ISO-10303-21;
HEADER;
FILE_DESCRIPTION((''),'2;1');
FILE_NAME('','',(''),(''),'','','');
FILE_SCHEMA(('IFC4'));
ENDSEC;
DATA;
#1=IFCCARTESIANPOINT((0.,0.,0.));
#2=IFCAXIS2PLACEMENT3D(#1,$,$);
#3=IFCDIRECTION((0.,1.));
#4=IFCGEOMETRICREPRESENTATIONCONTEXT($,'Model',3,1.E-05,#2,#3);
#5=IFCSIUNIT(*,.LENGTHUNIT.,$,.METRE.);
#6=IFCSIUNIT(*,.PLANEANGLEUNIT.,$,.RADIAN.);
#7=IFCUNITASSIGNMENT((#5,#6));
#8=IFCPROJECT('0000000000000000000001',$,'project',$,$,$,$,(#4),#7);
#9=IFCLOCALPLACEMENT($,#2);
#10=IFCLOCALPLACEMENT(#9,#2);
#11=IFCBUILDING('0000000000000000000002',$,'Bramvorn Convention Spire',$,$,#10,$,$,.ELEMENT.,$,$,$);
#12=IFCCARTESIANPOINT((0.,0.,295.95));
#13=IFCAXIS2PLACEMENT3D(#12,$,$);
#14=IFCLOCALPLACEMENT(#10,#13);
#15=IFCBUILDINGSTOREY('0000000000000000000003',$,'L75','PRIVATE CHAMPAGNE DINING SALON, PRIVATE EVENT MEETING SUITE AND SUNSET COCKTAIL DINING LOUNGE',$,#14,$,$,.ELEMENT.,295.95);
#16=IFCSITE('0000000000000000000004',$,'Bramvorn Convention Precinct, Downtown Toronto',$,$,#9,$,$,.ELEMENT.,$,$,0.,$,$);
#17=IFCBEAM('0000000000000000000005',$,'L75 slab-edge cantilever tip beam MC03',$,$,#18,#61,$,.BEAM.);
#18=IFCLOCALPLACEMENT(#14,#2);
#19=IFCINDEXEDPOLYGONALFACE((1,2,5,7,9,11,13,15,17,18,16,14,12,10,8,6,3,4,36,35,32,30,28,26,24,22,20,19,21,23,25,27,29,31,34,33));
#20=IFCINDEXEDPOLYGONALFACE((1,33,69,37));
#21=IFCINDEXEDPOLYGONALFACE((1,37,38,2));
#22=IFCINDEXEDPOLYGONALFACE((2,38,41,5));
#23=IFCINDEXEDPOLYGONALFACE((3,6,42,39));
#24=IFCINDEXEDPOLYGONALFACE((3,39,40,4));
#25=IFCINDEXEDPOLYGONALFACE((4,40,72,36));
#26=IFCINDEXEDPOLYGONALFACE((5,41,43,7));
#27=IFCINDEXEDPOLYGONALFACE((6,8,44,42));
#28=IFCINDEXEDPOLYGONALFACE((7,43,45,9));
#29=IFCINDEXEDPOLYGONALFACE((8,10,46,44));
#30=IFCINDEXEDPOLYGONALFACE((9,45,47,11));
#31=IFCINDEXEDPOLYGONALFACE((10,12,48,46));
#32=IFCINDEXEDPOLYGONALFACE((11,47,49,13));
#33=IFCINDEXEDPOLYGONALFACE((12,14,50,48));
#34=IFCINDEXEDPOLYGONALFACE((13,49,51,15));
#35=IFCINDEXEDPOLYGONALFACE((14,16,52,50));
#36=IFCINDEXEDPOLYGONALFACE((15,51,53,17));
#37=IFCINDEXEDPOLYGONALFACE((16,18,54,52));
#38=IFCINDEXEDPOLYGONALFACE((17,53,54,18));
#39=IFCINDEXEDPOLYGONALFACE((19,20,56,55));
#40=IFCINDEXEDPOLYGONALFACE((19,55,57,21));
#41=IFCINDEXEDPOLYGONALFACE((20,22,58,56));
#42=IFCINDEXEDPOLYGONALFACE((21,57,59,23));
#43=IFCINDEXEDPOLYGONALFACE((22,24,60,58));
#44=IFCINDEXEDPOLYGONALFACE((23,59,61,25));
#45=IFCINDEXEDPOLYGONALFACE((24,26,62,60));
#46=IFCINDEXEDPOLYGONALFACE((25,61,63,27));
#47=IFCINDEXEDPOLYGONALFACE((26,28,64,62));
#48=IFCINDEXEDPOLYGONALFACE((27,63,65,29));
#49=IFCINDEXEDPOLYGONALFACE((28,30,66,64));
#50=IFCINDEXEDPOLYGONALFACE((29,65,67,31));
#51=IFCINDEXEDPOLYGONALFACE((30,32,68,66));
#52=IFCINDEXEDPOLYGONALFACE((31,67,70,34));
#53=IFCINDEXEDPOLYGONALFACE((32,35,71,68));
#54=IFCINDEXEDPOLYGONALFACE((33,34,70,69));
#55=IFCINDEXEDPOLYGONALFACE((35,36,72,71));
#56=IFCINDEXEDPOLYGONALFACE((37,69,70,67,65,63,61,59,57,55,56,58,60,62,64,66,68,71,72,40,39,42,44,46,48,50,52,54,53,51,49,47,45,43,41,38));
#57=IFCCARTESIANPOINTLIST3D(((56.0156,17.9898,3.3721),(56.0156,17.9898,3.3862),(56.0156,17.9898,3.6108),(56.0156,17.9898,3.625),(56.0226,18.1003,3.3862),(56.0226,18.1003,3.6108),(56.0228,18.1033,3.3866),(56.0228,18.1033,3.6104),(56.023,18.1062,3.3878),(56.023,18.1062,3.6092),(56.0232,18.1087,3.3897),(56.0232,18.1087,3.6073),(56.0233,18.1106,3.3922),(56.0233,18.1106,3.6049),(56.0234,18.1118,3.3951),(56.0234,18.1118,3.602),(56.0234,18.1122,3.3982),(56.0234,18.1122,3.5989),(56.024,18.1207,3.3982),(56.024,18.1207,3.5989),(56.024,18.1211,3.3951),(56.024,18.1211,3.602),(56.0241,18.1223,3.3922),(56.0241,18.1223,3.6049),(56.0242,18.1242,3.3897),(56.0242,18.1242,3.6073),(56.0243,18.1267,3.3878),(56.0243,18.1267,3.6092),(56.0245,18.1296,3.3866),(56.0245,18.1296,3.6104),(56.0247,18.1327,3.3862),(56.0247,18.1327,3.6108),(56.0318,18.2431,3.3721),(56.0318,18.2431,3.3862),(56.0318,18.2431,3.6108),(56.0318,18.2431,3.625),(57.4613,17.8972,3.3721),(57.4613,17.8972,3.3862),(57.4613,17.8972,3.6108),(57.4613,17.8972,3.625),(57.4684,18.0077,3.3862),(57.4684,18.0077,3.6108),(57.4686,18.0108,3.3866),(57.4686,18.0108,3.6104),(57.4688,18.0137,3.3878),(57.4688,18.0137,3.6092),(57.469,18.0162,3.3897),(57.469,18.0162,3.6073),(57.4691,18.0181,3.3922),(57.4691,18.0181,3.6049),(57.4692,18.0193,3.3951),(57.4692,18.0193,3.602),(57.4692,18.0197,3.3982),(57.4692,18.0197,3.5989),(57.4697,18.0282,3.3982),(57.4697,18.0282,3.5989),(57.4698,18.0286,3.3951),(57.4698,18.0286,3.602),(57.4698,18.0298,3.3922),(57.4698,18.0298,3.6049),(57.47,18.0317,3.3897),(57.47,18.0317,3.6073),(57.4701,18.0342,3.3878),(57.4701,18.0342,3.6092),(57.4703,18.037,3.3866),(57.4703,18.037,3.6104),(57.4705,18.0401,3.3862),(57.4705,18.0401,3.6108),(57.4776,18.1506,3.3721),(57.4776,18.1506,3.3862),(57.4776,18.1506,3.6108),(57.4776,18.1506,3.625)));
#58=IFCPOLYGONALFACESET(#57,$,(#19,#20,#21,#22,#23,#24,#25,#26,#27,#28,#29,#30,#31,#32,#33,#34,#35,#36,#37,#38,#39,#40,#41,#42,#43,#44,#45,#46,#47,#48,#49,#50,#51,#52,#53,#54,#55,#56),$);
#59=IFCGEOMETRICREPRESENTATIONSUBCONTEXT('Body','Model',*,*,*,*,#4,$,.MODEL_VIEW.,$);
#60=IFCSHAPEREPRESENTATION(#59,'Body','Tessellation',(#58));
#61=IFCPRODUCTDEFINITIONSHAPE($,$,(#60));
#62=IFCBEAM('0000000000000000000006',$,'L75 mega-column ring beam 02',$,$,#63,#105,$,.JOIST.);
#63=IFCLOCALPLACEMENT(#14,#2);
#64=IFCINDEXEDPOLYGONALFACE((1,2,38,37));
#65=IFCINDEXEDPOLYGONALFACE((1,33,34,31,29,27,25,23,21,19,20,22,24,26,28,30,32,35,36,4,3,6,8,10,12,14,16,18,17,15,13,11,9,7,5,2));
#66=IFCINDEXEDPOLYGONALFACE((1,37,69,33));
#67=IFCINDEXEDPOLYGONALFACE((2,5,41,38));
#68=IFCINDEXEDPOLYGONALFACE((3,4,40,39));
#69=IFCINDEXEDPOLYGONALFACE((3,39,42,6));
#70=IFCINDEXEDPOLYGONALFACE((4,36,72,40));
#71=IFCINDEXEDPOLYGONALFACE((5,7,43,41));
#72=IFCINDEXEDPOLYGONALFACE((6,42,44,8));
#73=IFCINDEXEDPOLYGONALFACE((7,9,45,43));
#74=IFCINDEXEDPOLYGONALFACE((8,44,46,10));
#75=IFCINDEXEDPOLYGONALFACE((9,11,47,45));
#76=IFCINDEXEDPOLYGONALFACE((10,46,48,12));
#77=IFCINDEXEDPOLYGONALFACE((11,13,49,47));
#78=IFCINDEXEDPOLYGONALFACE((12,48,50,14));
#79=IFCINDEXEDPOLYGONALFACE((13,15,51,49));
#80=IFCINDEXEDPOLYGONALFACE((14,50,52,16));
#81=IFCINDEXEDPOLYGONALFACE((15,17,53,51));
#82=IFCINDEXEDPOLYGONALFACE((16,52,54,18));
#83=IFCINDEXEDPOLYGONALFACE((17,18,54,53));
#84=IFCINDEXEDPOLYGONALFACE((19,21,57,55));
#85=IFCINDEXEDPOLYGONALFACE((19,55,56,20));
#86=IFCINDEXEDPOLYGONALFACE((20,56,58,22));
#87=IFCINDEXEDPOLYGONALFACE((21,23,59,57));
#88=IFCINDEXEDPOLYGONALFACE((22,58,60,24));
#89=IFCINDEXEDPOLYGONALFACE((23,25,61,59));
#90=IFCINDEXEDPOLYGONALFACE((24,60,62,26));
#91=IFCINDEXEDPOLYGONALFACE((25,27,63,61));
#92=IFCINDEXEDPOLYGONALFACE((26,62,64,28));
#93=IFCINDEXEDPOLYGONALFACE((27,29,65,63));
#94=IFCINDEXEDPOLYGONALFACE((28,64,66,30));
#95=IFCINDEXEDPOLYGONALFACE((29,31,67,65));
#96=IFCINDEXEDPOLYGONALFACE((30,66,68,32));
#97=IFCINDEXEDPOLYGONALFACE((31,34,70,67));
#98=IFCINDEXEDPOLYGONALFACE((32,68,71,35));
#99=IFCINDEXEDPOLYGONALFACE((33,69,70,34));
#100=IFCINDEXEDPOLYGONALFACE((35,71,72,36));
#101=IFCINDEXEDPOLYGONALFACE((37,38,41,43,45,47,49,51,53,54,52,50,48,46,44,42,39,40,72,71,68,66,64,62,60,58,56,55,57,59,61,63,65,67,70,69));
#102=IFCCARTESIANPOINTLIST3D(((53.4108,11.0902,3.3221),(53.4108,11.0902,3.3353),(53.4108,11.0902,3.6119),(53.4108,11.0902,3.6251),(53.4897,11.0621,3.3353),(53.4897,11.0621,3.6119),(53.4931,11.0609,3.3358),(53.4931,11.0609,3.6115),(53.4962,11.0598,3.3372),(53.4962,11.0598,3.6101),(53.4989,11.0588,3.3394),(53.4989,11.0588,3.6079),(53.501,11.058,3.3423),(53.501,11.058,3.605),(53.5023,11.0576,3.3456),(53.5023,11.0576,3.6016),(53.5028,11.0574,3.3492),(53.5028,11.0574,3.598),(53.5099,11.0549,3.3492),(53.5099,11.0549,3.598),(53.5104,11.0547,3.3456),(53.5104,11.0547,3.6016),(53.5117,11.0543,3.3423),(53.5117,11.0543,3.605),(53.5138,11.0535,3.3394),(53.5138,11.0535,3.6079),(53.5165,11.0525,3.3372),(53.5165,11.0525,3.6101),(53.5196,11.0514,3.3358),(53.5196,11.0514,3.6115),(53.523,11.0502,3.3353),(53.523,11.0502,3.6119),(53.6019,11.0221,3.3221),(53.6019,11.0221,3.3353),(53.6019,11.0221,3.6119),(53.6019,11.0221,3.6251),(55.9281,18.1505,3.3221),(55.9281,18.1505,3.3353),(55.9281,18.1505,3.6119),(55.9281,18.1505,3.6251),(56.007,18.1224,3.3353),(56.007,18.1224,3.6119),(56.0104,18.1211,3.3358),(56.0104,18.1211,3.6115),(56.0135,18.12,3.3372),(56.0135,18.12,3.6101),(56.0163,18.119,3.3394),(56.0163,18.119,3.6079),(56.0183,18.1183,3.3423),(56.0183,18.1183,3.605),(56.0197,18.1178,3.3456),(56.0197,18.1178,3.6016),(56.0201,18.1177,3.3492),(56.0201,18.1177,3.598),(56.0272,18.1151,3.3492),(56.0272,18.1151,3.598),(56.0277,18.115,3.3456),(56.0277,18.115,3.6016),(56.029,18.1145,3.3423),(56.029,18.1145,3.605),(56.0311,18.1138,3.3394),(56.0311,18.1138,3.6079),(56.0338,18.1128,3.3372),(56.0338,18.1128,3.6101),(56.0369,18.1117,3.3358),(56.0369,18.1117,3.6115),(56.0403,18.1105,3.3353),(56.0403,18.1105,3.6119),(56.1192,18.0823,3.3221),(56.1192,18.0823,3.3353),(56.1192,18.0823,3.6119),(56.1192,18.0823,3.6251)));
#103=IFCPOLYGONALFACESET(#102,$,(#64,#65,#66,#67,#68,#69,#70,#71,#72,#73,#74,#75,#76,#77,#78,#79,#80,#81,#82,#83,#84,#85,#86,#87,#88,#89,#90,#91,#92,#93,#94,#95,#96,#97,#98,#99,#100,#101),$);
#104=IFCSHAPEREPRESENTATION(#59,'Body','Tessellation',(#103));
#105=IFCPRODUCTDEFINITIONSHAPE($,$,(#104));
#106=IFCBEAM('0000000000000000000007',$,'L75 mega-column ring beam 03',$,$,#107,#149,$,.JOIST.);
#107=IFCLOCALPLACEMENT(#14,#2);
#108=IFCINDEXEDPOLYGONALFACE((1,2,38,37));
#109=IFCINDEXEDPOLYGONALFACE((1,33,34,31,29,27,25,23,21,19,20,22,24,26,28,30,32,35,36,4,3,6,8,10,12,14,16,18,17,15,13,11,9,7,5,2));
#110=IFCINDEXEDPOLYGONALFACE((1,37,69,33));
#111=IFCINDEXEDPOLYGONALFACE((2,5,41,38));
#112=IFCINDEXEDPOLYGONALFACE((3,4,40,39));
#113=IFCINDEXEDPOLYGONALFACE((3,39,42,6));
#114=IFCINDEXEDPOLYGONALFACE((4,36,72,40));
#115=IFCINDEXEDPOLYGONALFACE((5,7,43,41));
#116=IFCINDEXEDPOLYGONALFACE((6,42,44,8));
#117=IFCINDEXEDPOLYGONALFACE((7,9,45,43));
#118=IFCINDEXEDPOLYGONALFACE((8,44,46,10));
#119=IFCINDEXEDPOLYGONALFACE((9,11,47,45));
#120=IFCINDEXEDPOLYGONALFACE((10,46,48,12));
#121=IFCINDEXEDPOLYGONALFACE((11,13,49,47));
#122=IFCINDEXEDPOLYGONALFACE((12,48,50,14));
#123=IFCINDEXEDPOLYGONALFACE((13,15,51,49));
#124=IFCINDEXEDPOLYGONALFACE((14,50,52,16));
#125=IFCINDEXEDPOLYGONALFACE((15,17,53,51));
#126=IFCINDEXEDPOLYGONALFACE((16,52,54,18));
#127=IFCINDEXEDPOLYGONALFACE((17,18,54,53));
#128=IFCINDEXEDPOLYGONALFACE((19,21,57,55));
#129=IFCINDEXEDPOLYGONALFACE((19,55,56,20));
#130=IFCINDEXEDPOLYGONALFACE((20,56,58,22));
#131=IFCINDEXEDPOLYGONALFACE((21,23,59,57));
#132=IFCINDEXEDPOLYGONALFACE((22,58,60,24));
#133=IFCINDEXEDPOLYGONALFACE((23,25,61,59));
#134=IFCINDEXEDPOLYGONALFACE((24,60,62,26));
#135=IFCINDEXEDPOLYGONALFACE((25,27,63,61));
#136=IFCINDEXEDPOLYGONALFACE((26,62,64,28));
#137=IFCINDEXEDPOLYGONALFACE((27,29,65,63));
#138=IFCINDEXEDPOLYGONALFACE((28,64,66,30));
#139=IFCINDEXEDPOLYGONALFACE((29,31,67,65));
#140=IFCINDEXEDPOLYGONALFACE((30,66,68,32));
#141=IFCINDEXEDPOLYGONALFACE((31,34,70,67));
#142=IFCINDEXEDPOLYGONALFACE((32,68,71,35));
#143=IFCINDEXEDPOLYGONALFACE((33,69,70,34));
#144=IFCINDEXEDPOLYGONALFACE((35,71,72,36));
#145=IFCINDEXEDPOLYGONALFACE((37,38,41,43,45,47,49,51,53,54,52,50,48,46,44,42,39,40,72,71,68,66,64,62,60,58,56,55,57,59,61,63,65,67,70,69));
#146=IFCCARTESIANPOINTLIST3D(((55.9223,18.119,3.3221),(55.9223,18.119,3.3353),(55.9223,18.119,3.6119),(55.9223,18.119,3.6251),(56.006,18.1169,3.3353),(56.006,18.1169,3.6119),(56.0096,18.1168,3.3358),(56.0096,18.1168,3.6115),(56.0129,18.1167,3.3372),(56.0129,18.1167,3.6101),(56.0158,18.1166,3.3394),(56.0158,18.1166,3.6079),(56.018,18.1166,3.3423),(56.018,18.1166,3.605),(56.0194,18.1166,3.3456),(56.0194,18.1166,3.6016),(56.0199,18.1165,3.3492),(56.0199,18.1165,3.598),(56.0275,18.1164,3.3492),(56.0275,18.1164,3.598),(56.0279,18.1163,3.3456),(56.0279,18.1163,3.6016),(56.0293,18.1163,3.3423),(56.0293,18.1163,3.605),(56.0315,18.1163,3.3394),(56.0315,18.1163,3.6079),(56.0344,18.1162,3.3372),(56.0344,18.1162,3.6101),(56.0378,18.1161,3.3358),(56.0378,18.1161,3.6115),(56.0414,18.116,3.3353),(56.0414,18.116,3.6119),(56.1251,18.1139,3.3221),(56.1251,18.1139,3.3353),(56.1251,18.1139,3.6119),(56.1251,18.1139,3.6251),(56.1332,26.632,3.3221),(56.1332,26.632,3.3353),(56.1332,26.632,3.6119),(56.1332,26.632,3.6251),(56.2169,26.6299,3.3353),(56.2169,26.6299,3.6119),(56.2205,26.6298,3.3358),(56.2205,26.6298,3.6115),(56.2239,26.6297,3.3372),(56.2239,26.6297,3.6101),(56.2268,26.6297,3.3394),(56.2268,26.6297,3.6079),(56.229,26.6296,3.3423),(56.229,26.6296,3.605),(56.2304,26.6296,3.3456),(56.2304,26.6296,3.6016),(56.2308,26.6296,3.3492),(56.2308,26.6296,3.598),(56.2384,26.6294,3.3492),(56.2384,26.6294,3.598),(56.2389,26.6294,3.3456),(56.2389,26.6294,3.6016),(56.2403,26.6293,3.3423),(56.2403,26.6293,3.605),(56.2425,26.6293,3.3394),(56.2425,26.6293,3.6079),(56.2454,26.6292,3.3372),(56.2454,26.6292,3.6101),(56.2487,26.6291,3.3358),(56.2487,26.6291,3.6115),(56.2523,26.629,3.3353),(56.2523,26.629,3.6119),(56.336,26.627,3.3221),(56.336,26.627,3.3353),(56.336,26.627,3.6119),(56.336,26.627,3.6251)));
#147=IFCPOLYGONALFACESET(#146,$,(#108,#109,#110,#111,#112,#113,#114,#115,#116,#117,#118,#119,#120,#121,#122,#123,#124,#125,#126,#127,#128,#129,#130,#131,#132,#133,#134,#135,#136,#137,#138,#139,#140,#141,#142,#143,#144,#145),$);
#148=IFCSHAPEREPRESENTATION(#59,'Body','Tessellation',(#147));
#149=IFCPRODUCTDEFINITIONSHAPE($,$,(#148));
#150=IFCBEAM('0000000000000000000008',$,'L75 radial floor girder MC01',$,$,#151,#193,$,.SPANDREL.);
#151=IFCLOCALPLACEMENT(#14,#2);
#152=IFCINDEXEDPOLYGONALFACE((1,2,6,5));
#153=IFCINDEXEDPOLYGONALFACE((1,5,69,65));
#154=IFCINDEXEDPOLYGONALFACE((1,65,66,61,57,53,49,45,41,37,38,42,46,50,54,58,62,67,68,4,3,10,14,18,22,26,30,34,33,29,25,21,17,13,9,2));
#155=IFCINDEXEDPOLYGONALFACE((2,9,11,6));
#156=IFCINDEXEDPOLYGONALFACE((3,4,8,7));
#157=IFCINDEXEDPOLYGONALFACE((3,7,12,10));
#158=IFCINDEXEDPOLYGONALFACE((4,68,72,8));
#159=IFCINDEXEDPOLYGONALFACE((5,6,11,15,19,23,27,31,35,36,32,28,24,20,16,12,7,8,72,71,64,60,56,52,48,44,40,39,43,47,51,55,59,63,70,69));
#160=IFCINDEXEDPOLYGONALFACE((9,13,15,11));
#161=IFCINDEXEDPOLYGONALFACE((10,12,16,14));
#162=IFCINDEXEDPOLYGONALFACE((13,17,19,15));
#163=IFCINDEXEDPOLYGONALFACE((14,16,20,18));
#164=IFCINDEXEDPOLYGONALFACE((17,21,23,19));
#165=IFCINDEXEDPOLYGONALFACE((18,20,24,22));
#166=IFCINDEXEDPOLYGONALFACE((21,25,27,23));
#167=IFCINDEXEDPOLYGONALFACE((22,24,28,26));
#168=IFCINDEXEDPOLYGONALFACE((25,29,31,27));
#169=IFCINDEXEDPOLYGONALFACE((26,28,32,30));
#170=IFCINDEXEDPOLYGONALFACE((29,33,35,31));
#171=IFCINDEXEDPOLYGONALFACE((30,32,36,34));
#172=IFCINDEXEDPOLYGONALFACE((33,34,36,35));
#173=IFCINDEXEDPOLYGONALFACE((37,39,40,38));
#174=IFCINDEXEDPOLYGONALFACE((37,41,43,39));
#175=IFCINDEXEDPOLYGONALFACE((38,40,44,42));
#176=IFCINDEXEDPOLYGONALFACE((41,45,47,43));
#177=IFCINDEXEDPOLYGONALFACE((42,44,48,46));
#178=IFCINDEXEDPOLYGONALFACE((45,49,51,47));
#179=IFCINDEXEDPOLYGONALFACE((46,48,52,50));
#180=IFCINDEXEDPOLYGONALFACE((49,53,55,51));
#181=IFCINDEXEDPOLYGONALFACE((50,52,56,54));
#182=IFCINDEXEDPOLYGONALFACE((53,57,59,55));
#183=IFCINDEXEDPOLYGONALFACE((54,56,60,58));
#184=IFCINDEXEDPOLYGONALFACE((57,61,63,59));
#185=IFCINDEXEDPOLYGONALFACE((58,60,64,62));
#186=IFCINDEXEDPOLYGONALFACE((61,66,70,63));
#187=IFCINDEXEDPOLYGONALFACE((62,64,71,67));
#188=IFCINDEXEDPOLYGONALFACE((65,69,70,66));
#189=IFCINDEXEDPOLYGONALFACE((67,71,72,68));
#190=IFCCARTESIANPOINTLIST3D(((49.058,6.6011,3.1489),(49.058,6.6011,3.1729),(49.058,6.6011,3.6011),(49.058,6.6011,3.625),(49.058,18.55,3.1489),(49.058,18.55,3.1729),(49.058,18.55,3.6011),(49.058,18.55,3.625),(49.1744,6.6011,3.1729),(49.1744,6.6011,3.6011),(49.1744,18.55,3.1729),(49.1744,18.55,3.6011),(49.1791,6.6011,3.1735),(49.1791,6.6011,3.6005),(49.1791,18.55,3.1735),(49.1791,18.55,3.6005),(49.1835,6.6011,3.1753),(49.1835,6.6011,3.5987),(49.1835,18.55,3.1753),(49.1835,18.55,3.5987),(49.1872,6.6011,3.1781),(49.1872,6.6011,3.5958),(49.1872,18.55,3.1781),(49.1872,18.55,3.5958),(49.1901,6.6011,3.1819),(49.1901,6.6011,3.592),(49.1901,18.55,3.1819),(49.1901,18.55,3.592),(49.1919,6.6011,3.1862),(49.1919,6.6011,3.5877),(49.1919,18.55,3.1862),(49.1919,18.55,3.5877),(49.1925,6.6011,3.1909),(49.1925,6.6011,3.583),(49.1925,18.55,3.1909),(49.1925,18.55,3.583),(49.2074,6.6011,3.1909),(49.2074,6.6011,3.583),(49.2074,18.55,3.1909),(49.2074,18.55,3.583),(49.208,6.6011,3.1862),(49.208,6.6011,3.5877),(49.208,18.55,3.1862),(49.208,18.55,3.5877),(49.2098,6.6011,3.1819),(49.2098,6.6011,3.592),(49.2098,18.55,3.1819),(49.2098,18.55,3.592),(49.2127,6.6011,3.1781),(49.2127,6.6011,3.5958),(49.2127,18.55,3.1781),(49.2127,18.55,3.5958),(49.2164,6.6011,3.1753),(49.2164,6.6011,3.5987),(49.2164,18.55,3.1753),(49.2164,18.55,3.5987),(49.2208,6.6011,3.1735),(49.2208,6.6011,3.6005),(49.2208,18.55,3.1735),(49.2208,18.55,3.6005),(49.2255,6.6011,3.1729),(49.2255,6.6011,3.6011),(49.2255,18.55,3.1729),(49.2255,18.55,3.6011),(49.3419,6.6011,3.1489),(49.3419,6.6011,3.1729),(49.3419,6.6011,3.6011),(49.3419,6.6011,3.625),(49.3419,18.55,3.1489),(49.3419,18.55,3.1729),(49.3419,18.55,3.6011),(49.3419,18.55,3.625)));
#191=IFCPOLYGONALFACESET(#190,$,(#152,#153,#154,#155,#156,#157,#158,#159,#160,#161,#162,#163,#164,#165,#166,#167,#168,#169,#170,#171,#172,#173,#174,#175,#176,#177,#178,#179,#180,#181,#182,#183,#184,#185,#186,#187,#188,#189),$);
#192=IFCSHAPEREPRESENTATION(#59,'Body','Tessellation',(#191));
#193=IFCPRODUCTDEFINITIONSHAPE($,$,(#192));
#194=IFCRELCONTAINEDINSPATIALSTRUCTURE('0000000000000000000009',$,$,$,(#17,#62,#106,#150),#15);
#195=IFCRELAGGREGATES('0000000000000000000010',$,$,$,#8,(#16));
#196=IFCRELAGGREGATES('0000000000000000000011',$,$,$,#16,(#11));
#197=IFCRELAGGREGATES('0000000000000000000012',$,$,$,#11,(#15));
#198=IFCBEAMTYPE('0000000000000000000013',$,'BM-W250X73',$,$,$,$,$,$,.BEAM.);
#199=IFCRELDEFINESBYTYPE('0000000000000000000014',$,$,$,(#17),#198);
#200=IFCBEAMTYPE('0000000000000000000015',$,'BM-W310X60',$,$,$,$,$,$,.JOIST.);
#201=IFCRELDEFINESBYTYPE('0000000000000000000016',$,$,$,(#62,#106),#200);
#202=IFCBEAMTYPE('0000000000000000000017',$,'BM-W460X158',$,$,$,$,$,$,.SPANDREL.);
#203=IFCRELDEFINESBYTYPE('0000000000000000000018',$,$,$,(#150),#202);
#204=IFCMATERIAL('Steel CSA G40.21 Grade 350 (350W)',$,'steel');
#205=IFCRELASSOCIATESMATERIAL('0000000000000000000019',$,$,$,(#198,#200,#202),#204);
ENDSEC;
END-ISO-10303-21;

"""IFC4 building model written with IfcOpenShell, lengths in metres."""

from ifc_helpers import new_model, si_unit, direction, frame, origin, origin_2d, place, context, subcontext, project, spatial, i_section, extrude, material, material_profile, profile_set, type_object, element, save


model = new_model("IFC4")

# Units and contexts
model_context = context("Model", 3, precision=1e-05, world=origin(), true_north=direction((0.0, 1.0)))
body_context = subcontext(model_context, "Body", "Model", "MODEL_VIEW")
ifc_project = project(units=[si_unit("LENGTHUNIT", "METRE"), si_unit("PLANEANGLEUNIT", "RADIAN")], contexts=[model_context])

# Site, building, storey
site_placement = place(None, origin())
site = spatial("IfcSite", under=ifc_project, at=site_placement, Name="Bramvorn Convention Precinct, Downtown Toronto", CompositionType="ELEMENT", RefElevation=0.0)
building_placement = place(site_placement, origin())
building = spatial("IfcBuilding", under=site, at=building_placement, Name="Bramvorn Convention Spire", CompositionType="ELEMENT")
storey_placement = place(building_placement, frame((0.0, 0.0, 295.95)))
storey = spatial("IfcBuildingStorey", under=building, at=storey_placement, Name="L75", Description="PRIVATE CHAMPAGNE DINING SALON, PRIVATE EVENT MEETING SUITE AND SUNSET COCKTAIL DINING LOUNGE", CompositionType="ELEMENT", Elevation=295.95)

# Shared definitions
ifc_material_1 = material(Name="Steel CSA G40.21 Grade 350 (350W)", Category="steel")

# Beams
ifc_material_profile_1 = material_profile(ifc_material_1, i_section(OverallWidth=0.2539, OverallDepth=0.2529, WebThickness=0.0085, FlangeThickness=0.0142, FilletRadius=0.012, at=origin_2d()))
ifc_profile_set_1 = profile_set([ifc_material_profile_1], Name="Steel CSA G40.21 Grade 350 (350W) - W250X73")
beam_type_1 = type_object("IfcBeamType", Name="BM-W250X73", PredefinedType="BEAM", material=ifc_profile_set_1)
beam_1_placement = place(storey_placement, frame((56.0237, 18.1165, 3.4985), z_axis=(0.997958, -0.063868, 0.0), x_axis=(0.063868, 0.997958, 0.0)))
element("IfcBeam", 1, at=beam_1_placement, inside=storey, type_object=beam_type_1, Name="L75 slab-edge cantilever tip beam MC03", PredefinedType="BEAM", context=body_context, shape_type="SweptSolid", body=[
    extrude(i_section(OverallWidth=0.2539, OverallDepth=0.2529, WebThickness=0.0085, FlangeThickness=0.0142, FilletRadius=0.012, at=origin_2d()), origin(), (0.0, 0.0, 1.0), 1.4487),
])
ifc_material_profile_2 = material_profile(ifc_material_1, i_section(OverallWidth=0.2029, OverallDepth=0.303, WebThickness=0.0076, FlangeThickness=0.0132, FilletRadius=0.0139, at=origin_2d()))
ifc_profile_set_2 = profile_set([ifc_material_profile_2], Name="Steel CSA G40.21 Grade 350 (350W) - W310X60")
beam_type_2 = type_object("IfcBeamType", Name="BM-W310X60", PredefinedType="JOIST", material=ifc_profile_set_2)
beam_2_placement = place(storey_placement, frame((53.5063, 11.0562, 3.4736), z_axis=(0.335839, 0.941919, 0.0), x_axis=(-0.941919, 0.335839, 0.0)))
element("IfcBeam", 2, at=beam_2_placement, inside=storey, type_object=beam_type_2, Name="L75 mega-column ring beam 02", PredefinedType="JOIST", context=body_context, shape_type="SweptSolid", body=[
    extrude(i_section(OverallWidth=0.2029, OverallDepth=0.303, WebThickness=0.0076, FlangeThickness=0.0132, FilletRadius=0.0139, at=origin_2d()), origin(), (0.0, 0.0, 1.0), 7.4956),
])
beam_3_placement = place(storey_placement, frame((56.0237, 18.1165, 3.4736), z_axis=(0.024771, 0.999693, 0.0), x_axis=(-0.999693, 0.024771, 0.0)))
element("IfcBeam", 3, at=beam_3_placement, inside=storey, type_object=beam_type_2, Name="L75 mega-column ring beam 03", PredefinedType="JOIST", context=body_context, shape_type="SweptSolid", body=[
    extrude(i_section(OverallWidth=0.2029, OverallDepth=0.303, WebThickness=0.0076, FlangeThickness=0.0132, FilletRadius=0.0139, at=origin_2d()), origin(), (0.0, 0.0, 1.0), 8.5156),
])
ifc_material_profile_3 = material_profile(ifc_material_1, i_section(OverallWidth=0.2839, OverallDepth=0.4761, WebThickness=0.0149, FlangeThickness=0.0239, FilletRadius=0.0181, at=origin_2d()))
ifc_profile_set_3 = profile_set([ifc_material_profile_3], Name="Steel CSA G40.21 Grade 350 (350W) - W460X158")
beam_type_3 = type_object("IfcBeamType", Name="BM-W460X158", PredefinedType="SPANDREL", material=ifc_profile_set_3)
beam_4_placement = place(storey_placement, frame((49.2, 18.55, 3.387), z_axis=(0.0, -1.0, 0.0), x_axis=(1.0, 0.0, 0.0)))
element("IfcBeam", 4, at=beam_4_placement, inside=storey, type_object=beam_type_3, Name="L75 radial floor girder MC01", PredefinedType="SPANDREL", context=body_context, shape_type="SweptSolid", body=[
    extrude(i_section(OverallWidth=0.2839, OverallDepth=0.4761, WebThickness=0.0149, FlangeThickness=0.0239, FilletRadius=0.0181, at=origin_2d()), origin(), (0.0, 0.0, 1.0), 11.949),
])

save(model, "model.ifc")
